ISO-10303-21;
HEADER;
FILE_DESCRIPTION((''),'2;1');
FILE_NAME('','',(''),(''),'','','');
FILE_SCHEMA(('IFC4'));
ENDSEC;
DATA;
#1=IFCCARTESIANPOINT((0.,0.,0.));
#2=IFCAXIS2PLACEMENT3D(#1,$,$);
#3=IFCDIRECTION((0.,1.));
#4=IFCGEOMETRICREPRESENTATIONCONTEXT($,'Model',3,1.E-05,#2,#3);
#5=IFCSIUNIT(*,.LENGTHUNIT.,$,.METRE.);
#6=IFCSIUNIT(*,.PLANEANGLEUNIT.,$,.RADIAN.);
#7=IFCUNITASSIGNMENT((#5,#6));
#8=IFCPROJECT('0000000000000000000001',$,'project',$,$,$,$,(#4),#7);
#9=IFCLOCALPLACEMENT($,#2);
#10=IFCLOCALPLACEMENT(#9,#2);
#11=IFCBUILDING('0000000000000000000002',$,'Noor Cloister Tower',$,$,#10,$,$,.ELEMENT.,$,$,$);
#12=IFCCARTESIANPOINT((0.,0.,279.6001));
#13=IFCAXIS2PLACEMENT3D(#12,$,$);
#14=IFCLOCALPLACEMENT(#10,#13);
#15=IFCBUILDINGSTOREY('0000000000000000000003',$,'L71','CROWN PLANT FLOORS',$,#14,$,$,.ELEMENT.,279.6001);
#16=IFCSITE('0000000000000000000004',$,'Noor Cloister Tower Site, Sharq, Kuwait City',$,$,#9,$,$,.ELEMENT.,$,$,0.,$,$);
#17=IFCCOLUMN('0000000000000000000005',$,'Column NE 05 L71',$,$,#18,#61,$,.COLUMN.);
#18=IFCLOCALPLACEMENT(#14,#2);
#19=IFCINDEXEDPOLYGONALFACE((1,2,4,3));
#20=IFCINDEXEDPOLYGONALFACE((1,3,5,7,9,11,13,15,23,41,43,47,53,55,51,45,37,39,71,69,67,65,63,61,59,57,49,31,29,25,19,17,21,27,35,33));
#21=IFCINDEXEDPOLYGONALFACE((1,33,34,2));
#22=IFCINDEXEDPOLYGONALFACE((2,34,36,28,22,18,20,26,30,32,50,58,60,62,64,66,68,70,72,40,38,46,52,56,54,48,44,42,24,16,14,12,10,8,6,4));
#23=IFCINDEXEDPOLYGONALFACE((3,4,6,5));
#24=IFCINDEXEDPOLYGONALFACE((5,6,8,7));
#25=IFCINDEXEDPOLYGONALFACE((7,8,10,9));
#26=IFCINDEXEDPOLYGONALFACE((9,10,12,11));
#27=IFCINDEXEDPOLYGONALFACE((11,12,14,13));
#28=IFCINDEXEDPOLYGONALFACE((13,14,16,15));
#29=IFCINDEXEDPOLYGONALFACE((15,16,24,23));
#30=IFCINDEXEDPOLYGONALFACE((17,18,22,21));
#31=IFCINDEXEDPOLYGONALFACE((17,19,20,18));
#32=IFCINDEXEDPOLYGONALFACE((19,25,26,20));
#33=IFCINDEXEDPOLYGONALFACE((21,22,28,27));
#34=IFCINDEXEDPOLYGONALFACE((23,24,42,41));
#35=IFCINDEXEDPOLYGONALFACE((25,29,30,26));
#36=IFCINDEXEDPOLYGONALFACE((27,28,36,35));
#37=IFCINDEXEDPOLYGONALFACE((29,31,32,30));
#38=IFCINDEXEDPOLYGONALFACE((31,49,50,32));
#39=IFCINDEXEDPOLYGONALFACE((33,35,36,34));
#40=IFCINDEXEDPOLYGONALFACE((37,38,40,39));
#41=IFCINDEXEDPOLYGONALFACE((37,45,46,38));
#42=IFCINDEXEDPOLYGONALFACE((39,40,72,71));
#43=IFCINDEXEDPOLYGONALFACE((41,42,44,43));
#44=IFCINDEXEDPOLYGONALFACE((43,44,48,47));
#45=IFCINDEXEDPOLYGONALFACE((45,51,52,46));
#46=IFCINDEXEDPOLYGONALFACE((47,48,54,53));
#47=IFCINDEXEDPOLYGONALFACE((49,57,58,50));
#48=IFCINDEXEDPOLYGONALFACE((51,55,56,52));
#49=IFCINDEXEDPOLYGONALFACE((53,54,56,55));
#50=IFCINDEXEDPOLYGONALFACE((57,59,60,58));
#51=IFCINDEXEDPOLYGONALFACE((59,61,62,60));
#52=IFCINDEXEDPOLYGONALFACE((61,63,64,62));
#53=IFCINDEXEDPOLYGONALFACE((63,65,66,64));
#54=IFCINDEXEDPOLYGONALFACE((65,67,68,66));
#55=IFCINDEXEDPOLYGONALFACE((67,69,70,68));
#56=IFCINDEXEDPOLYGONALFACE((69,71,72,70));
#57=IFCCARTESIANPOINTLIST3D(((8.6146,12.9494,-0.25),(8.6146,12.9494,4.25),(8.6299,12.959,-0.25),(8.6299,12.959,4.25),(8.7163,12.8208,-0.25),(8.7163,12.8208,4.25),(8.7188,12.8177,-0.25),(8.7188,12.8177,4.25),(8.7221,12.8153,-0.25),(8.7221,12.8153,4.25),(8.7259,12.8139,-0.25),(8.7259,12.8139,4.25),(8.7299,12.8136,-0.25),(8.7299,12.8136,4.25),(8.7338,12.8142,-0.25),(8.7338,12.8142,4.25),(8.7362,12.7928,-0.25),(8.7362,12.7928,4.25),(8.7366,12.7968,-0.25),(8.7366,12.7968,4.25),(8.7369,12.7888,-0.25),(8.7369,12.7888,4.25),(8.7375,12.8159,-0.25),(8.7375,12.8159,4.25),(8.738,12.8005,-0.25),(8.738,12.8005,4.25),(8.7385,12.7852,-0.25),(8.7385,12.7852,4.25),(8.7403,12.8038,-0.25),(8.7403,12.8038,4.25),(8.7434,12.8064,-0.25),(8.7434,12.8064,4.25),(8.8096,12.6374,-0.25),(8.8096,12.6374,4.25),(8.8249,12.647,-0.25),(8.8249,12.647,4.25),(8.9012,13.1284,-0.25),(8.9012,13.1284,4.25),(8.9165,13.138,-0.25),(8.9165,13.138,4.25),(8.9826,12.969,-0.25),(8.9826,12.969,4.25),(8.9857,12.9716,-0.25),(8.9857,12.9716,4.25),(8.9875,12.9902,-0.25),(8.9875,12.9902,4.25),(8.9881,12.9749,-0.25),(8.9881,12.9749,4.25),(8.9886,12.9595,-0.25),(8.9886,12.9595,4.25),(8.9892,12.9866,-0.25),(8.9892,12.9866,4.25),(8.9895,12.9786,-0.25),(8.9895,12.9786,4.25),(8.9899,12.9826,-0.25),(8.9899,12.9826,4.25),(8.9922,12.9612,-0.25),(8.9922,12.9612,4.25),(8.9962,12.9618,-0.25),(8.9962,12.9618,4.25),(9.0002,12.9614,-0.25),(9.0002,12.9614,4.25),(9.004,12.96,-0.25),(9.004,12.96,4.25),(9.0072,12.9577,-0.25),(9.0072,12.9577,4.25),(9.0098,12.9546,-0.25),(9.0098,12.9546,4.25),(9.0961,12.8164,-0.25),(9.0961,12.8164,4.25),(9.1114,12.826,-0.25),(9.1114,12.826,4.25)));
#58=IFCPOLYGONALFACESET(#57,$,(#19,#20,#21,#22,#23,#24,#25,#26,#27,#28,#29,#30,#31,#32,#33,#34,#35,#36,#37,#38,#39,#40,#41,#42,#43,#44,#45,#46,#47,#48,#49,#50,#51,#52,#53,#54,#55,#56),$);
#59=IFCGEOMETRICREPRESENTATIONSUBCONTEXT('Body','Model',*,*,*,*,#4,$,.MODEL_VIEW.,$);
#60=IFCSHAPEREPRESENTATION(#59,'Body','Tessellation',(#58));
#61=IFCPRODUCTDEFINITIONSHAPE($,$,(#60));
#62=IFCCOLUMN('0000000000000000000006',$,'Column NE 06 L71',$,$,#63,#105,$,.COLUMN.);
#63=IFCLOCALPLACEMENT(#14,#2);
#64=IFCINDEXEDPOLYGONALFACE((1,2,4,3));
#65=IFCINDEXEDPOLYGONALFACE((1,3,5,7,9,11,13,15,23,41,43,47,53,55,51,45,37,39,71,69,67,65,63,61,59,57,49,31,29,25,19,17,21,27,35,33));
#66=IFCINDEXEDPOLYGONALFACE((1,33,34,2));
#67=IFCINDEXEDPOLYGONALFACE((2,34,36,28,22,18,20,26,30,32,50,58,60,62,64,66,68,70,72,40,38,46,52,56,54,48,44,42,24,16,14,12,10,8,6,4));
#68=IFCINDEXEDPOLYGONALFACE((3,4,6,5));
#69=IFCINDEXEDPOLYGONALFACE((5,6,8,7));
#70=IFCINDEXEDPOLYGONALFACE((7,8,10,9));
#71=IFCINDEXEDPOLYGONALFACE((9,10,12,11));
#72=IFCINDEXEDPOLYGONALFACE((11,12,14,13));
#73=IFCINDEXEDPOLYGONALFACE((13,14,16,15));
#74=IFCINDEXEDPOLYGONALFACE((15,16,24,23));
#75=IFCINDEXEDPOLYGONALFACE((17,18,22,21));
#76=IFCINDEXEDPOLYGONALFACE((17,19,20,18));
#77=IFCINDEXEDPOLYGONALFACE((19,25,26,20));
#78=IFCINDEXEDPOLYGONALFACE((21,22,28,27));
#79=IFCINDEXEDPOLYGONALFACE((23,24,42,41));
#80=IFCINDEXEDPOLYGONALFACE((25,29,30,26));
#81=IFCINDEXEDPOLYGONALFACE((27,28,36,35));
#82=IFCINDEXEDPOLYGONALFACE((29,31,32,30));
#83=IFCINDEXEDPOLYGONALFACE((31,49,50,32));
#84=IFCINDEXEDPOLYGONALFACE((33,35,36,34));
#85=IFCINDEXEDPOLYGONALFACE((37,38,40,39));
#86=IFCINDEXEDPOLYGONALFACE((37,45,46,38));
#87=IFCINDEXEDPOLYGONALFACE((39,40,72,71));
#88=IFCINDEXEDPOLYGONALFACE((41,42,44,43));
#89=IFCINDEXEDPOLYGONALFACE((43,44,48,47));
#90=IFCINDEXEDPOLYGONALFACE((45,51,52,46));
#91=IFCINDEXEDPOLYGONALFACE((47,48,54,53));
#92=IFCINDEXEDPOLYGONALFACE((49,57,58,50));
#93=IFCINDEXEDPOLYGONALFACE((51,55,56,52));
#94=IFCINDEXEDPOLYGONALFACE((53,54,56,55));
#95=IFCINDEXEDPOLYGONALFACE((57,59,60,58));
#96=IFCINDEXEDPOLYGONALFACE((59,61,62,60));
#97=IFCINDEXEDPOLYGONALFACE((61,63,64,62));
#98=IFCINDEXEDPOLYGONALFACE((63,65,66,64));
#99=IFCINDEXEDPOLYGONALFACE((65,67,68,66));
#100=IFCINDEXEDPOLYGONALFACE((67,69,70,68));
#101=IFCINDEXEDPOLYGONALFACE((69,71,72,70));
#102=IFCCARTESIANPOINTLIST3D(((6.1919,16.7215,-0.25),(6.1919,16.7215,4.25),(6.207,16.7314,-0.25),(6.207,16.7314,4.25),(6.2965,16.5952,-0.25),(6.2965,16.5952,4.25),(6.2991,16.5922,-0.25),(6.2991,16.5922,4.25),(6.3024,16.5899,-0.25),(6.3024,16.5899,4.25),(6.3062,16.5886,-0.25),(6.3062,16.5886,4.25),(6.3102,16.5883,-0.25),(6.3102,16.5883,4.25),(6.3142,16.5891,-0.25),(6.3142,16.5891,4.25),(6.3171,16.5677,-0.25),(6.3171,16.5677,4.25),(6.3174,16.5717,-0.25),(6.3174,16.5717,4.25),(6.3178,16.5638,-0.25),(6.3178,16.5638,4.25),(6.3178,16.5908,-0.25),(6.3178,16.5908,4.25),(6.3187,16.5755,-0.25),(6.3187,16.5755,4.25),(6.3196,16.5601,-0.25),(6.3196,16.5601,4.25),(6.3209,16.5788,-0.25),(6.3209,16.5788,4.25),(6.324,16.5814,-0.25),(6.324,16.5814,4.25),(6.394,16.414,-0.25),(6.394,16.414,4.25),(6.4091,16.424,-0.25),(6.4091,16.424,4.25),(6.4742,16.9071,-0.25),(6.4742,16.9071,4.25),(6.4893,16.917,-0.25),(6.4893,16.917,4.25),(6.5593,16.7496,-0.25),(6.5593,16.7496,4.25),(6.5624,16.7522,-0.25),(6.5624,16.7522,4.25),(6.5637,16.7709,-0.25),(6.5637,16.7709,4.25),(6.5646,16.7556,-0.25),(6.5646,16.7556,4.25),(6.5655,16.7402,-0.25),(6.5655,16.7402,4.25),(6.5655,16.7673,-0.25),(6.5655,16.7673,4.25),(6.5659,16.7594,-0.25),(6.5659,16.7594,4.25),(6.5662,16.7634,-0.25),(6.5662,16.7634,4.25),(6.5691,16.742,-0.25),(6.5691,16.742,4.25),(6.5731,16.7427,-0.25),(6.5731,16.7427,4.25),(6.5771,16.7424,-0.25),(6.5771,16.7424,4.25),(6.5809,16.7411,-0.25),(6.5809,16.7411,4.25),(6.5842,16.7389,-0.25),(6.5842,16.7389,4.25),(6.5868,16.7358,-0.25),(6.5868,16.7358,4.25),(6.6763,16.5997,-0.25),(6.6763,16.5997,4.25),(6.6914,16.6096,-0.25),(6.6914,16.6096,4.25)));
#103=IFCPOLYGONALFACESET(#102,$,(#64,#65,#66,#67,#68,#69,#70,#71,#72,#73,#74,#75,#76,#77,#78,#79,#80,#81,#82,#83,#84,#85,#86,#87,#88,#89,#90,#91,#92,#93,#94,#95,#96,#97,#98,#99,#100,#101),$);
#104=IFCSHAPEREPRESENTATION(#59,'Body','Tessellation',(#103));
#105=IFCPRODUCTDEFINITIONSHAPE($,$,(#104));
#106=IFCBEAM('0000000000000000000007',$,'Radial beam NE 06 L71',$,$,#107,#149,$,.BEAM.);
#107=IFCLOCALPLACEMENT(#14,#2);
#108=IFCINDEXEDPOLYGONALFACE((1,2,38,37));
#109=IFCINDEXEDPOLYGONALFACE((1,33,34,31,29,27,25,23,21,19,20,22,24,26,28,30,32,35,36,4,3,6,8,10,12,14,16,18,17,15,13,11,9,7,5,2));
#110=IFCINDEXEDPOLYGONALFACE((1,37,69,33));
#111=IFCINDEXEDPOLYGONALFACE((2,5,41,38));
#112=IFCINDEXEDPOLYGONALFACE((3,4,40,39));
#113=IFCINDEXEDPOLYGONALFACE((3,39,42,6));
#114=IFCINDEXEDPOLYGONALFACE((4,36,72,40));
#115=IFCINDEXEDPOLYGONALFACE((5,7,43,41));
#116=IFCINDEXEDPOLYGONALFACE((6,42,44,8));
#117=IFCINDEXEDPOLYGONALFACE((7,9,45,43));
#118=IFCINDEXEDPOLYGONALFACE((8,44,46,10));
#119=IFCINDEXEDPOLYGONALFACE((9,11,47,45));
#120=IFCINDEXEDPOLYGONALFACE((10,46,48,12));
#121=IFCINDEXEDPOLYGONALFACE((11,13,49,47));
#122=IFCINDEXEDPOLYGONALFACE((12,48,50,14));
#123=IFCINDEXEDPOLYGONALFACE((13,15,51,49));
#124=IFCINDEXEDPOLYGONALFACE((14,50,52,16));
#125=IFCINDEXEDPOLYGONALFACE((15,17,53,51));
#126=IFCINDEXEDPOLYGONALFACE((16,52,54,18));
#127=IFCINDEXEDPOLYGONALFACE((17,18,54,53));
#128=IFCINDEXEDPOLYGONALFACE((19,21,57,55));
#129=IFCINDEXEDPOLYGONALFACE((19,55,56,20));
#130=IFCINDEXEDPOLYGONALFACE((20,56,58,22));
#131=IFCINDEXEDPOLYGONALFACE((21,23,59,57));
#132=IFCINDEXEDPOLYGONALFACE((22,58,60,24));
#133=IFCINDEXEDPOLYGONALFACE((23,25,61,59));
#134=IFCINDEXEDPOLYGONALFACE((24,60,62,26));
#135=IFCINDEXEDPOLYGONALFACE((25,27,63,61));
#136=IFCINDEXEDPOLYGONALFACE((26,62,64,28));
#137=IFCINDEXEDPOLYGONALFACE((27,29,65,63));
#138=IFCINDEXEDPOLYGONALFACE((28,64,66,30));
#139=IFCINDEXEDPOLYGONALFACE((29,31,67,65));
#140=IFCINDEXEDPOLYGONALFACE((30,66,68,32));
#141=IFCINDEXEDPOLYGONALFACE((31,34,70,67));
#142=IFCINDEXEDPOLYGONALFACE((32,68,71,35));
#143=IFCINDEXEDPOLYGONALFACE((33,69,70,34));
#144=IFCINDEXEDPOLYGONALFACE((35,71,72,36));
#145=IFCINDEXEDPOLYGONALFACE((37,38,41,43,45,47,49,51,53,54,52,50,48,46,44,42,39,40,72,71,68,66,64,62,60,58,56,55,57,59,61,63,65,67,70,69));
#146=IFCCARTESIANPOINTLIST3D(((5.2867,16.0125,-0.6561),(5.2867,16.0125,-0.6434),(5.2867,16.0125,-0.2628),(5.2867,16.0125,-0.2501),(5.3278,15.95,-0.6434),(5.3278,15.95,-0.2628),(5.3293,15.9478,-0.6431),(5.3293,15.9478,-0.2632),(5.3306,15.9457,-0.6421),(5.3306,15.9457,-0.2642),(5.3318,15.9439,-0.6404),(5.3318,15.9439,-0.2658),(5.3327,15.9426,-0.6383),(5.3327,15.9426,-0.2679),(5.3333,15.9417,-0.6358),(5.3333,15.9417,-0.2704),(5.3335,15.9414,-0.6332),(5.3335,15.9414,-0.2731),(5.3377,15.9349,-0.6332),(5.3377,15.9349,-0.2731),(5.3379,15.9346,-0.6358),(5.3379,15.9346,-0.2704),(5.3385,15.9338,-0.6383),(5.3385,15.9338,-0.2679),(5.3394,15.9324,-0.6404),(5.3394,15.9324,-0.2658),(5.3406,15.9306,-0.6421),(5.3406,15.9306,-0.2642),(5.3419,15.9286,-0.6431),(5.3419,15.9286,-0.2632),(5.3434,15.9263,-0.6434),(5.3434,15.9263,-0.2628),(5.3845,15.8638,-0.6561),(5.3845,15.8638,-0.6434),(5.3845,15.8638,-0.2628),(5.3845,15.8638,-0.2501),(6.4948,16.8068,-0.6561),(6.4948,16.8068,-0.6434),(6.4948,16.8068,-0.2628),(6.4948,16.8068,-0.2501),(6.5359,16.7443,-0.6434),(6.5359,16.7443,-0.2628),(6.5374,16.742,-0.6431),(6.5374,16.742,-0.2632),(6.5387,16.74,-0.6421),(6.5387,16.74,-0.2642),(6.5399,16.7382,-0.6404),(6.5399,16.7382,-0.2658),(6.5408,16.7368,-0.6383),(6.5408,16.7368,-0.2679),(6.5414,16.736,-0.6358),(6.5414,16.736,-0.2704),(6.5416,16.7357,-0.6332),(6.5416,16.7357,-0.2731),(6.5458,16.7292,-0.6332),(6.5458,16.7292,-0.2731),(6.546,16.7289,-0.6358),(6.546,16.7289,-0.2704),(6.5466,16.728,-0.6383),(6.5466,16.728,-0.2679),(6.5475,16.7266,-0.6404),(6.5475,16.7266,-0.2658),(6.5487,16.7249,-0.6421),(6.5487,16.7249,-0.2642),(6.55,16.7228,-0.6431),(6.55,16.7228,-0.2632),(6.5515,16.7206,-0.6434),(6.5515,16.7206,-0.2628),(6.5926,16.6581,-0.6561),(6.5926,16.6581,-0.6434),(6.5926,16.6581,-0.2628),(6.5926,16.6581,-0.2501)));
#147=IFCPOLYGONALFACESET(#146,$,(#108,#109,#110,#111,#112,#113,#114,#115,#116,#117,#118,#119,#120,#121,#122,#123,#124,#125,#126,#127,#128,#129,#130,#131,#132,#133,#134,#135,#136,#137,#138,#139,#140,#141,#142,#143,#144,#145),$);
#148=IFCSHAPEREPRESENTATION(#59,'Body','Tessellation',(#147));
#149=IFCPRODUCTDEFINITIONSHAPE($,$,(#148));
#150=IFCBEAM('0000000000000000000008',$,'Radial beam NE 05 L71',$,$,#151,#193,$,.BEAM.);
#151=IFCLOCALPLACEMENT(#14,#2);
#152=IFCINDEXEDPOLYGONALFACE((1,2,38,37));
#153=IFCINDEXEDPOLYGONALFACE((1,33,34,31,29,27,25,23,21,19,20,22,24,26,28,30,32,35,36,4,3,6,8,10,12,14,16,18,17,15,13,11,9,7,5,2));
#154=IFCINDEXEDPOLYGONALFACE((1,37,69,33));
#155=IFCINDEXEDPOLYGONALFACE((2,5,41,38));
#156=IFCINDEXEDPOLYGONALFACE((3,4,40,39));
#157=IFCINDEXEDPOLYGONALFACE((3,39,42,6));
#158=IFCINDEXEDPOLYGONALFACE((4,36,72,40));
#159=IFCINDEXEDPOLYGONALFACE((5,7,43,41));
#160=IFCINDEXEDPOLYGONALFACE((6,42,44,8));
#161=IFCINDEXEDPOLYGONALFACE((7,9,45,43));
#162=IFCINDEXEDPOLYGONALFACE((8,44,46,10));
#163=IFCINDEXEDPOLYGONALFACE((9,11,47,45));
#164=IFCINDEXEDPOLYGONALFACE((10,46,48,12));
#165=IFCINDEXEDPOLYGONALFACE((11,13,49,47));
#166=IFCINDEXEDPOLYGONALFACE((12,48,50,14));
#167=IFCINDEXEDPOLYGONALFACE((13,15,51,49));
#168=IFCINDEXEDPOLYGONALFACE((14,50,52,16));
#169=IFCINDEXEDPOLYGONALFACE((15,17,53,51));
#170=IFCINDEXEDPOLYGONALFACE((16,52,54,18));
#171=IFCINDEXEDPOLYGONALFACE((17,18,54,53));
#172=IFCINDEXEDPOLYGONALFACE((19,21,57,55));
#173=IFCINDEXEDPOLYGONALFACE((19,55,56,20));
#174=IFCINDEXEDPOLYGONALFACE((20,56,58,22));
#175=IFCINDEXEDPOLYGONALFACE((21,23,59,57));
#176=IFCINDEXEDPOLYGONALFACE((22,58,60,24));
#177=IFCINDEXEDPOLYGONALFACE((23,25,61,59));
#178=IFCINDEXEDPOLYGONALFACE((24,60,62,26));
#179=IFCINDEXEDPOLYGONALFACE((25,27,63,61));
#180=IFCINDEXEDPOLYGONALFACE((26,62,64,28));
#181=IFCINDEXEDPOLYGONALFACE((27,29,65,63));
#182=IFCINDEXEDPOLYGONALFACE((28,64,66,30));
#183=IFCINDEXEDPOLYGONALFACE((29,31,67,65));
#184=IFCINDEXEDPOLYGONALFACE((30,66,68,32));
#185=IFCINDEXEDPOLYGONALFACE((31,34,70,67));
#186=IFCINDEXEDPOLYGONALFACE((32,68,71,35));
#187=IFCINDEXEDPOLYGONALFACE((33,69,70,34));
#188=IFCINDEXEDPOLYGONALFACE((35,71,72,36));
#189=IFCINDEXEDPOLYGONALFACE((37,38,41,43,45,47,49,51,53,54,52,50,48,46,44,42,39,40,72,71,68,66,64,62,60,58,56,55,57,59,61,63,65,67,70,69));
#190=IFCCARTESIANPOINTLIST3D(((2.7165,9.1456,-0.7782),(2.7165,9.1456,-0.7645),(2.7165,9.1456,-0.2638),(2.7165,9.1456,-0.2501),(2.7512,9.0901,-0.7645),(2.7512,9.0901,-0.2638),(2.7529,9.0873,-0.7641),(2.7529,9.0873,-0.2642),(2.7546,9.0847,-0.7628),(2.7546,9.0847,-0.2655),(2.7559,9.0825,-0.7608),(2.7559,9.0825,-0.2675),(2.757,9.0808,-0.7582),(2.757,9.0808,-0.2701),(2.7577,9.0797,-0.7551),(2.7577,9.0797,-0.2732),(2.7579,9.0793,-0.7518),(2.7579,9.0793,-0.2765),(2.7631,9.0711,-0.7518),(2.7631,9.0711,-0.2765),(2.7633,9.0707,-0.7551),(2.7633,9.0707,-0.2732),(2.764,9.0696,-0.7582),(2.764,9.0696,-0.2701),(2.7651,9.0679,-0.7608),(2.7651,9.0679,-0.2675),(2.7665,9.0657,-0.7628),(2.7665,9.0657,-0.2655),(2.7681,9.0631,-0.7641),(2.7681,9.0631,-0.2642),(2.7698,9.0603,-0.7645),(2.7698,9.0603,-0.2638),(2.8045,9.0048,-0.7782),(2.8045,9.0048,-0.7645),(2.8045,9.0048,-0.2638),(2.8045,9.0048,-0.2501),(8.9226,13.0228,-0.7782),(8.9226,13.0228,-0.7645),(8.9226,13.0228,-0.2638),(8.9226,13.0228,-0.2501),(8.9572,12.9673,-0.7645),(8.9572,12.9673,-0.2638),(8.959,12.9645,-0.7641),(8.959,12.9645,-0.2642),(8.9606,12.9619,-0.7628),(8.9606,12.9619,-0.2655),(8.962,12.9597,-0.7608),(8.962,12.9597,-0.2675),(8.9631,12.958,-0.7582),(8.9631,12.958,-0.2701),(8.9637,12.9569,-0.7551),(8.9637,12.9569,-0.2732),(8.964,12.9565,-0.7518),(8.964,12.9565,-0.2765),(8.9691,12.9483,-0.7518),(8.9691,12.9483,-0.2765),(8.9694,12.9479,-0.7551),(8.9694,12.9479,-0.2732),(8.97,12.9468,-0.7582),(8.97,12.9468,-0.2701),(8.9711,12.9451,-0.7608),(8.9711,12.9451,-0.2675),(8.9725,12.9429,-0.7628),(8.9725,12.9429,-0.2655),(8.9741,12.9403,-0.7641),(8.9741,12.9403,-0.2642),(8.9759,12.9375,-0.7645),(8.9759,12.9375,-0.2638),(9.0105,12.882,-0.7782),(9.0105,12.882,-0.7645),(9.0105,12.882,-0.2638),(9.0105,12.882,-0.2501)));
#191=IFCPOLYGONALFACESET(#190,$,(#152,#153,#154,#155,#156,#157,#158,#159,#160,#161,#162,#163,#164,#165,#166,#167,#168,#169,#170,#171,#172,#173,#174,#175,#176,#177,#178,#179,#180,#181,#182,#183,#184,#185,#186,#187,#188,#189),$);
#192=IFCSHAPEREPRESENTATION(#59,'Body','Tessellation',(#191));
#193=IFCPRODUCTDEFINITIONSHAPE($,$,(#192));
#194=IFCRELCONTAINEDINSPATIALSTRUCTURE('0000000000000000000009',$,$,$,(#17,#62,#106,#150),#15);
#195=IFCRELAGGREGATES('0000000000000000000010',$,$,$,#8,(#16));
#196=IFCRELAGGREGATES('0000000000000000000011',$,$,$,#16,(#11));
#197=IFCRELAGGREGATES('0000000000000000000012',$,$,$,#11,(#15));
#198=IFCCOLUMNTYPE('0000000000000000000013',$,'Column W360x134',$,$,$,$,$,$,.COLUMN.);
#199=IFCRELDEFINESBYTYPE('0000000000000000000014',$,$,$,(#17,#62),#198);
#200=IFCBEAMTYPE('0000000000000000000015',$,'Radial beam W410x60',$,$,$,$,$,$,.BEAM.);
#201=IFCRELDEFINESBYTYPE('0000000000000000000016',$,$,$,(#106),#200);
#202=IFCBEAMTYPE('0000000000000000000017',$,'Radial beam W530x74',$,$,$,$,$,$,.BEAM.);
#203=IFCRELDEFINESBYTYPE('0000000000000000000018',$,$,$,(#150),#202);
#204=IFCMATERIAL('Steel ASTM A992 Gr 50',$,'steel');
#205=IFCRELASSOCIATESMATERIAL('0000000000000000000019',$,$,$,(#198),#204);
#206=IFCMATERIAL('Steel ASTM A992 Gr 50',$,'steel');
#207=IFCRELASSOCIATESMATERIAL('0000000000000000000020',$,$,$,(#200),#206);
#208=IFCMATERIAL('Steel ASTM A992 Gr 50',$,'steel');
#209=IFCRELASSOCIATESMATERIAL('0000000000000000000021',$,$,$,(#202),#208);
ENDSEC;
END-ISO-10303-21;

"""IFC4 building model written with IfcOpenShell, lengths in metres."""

from ifc_helpers import new_model, si_unit, direction, frame, origin, origin_2d, place, context, subcontext, project, spatial, i_section, extrude, material, material_profile, profile_set, type_object, element, save


model = new_model("IFC4")

# Units and contexts
model_context = context("Model", 3, precision=1e-05, world=origin(), true_north=direction((0.0, 1.0)))
body_context = subcontext(model_context, "Body", "Model", "MODEL_VIEW")
ifc_project = project(units=[si_unit("LENGTHUNIT", "METRE"), si_unit("PLANEANGLEUNIT", "RADIAN")], contexts=[model_context])

# Site, building, storey
site_placement = place(None, origin())
site = spatial("IfcSite", under=ifc_project, at=site_placement, Name="Noor Cloister Tower Site, Sharq, Kuwait City", CompositionType="ELEMENT", RefElevation=0.0)
building_placement = place(site_placement, origin())
building = spatial("IfcBuilding", under=site, at=building_placement, Name="Noor Cloister Tower", CompositionType="ELEMENT")
storey_placement = place(building_placement, frame((0.0, 0.0, 279.6001)))
storey = spatial("IfcBuildingStorey", under=building, at=storey_placement, Name="L71", Description="CROWN PLANT FLOORS", CompositionType="ELEMENT", Elevation=279.6001)

# Columns
ifc_material_1 = material(Name="Steel ASTM A992 Gr 50", Category="steel")
ifc_material_profile_1 = material_profile(ifc_material_1, i_section(OverallWidth=0.3679, OverallDepth=0.356, WebThickness=0.0112, FlangeThickness=0.0181, FilletRadius=0.0154, at=origin_2d()), Name="W360x134")
ifc_profile_set_1 = profile_set([ifc_material_profile_1], Name="Steel ASTM A992 Gr 50")
column_type = type_object("IfcColumnType", Name="Column W360x134", PredefinedType="COLUMN", material=ifc_profile_set_1)
for number, where, z_axis, x_axis, name in (
    (1, (8.863, 12.8877, -0.25), (0.0, 0.0, 1.0), (-0.529819, 0.848111, 0.0), "Column NE 05 L71"),
    (2, (6.4417, 16.6655, -0.25), (0.0, 0.0, 1.0), (-0.549345, 0.835596, 0.0), "Column NE 06 L71"),
):
    element("IfcColumn", number, at=place(storey_placement, frame(where, z_axis=z_axis, x_axis=x_axis)), inside=storey, type_object=column_type, Name=name, PredefinedType="COLUMN", context=body_context, shape_type="SweptSolid", body=[
        extrude(i_section(OverallWidth=0.3679, OverallDepth=0.356, WebThickness=0.0112, FlangeThickness=0.0181, FilletRadius=0.0154, at=origin_2d()), origin(), (0.0, 0.0, 1.0), 4.5),
    ])

# Beams
ifc_material_2 = material(Name="Steel ASTM A992 Gr 50", Category="steel")
ifc_material_profile_2 = material_profile(ifc_material_2, i_section(OverallWidth=0.178, OverallDepth=0.406, WebThickness=0.0078, FlangeThickness=0.0127, FilletRadius=0.0103, at=origin_2d()), Name="W410x60")
ifc_profile_set_2 = profile_set([ifc_material_profile_2], Name="Steel ASTM A992 Gr 50")
beam_type_1 = type_object("IfcBeamType", Name="Radial beam W410x60", PredefinedType="BEAM", material=ifc_profile_set_2)
beam_1_placement = place(storey_placement, frame((6.5437, 16.7324, -0.4531), z_axis=(-0.835593, -0.54935, 0.0), x_axis=(0.54935, -0.835593, 0.0)))
element("IfcBeam", 3, at=beam_1_placement, inside=storey, type_object=beam_type_1, Name="Radial beam NE 06 L71", PredefinedType="BEAM", context=body_context, shape_type="SweptSolid", body=[
    extrude(i_section(OverallWidth=0.178, OverallDepth=0.406, WebThickness=0.0078, FlangeThickness=0.0127, FilletRadius=0.0103, at=origin_2d()), origin(), (0.0, 0.0, 1.0), 1.4458),
])
ifc_material_3 = material(Name="Steel ASTM A992 Gr 50", Category="steel")
ifc_material_profile_3 = material_profile(ifc_material_3, i_section(OverallWidth=0.166, OverallDepth=0.5281, WebThickness=0.0098, FlangeThickness=0.0137, FilletRadius=0.0127, at=origin_2d()), Name="W530x74")
ifc_profile_set_3 = profile_set([ifc_material_profile_3], Name="Steel ASTM A992 Gr 50")
beam_type_2 = type_object("IfcBeamType", Name="Radial beam W530x74", PredefinedType="BEAM", material=ifc_profile_set_3)
beam_2_placement = place(storey_placement, frame((8.9666, 12.9524, -0.5142), z_axis=(-0.848096, -0.529843, 0.0), x_axis=(0.529843, -0.848096, 0.0)))
element("IfcBeam", 4, at=beam_2_placement, inside=storey, type_object=beam_type_2, Name="Radial beam NE 05 L71", PredefinedType="BEAM", context=body_context, shape_type="SweptSolid", body=[
    extrude(i_section(OverallWidth=0.166, OverallDepth=0.5281, WebThickness=0.0098, FlangeThickness=0.0137, FilletRadius=0.0127, at=origin_2d()), origin(), (0.0, 0.0, 1.0), 7.3176),
])

save(model, "model.ifc")
